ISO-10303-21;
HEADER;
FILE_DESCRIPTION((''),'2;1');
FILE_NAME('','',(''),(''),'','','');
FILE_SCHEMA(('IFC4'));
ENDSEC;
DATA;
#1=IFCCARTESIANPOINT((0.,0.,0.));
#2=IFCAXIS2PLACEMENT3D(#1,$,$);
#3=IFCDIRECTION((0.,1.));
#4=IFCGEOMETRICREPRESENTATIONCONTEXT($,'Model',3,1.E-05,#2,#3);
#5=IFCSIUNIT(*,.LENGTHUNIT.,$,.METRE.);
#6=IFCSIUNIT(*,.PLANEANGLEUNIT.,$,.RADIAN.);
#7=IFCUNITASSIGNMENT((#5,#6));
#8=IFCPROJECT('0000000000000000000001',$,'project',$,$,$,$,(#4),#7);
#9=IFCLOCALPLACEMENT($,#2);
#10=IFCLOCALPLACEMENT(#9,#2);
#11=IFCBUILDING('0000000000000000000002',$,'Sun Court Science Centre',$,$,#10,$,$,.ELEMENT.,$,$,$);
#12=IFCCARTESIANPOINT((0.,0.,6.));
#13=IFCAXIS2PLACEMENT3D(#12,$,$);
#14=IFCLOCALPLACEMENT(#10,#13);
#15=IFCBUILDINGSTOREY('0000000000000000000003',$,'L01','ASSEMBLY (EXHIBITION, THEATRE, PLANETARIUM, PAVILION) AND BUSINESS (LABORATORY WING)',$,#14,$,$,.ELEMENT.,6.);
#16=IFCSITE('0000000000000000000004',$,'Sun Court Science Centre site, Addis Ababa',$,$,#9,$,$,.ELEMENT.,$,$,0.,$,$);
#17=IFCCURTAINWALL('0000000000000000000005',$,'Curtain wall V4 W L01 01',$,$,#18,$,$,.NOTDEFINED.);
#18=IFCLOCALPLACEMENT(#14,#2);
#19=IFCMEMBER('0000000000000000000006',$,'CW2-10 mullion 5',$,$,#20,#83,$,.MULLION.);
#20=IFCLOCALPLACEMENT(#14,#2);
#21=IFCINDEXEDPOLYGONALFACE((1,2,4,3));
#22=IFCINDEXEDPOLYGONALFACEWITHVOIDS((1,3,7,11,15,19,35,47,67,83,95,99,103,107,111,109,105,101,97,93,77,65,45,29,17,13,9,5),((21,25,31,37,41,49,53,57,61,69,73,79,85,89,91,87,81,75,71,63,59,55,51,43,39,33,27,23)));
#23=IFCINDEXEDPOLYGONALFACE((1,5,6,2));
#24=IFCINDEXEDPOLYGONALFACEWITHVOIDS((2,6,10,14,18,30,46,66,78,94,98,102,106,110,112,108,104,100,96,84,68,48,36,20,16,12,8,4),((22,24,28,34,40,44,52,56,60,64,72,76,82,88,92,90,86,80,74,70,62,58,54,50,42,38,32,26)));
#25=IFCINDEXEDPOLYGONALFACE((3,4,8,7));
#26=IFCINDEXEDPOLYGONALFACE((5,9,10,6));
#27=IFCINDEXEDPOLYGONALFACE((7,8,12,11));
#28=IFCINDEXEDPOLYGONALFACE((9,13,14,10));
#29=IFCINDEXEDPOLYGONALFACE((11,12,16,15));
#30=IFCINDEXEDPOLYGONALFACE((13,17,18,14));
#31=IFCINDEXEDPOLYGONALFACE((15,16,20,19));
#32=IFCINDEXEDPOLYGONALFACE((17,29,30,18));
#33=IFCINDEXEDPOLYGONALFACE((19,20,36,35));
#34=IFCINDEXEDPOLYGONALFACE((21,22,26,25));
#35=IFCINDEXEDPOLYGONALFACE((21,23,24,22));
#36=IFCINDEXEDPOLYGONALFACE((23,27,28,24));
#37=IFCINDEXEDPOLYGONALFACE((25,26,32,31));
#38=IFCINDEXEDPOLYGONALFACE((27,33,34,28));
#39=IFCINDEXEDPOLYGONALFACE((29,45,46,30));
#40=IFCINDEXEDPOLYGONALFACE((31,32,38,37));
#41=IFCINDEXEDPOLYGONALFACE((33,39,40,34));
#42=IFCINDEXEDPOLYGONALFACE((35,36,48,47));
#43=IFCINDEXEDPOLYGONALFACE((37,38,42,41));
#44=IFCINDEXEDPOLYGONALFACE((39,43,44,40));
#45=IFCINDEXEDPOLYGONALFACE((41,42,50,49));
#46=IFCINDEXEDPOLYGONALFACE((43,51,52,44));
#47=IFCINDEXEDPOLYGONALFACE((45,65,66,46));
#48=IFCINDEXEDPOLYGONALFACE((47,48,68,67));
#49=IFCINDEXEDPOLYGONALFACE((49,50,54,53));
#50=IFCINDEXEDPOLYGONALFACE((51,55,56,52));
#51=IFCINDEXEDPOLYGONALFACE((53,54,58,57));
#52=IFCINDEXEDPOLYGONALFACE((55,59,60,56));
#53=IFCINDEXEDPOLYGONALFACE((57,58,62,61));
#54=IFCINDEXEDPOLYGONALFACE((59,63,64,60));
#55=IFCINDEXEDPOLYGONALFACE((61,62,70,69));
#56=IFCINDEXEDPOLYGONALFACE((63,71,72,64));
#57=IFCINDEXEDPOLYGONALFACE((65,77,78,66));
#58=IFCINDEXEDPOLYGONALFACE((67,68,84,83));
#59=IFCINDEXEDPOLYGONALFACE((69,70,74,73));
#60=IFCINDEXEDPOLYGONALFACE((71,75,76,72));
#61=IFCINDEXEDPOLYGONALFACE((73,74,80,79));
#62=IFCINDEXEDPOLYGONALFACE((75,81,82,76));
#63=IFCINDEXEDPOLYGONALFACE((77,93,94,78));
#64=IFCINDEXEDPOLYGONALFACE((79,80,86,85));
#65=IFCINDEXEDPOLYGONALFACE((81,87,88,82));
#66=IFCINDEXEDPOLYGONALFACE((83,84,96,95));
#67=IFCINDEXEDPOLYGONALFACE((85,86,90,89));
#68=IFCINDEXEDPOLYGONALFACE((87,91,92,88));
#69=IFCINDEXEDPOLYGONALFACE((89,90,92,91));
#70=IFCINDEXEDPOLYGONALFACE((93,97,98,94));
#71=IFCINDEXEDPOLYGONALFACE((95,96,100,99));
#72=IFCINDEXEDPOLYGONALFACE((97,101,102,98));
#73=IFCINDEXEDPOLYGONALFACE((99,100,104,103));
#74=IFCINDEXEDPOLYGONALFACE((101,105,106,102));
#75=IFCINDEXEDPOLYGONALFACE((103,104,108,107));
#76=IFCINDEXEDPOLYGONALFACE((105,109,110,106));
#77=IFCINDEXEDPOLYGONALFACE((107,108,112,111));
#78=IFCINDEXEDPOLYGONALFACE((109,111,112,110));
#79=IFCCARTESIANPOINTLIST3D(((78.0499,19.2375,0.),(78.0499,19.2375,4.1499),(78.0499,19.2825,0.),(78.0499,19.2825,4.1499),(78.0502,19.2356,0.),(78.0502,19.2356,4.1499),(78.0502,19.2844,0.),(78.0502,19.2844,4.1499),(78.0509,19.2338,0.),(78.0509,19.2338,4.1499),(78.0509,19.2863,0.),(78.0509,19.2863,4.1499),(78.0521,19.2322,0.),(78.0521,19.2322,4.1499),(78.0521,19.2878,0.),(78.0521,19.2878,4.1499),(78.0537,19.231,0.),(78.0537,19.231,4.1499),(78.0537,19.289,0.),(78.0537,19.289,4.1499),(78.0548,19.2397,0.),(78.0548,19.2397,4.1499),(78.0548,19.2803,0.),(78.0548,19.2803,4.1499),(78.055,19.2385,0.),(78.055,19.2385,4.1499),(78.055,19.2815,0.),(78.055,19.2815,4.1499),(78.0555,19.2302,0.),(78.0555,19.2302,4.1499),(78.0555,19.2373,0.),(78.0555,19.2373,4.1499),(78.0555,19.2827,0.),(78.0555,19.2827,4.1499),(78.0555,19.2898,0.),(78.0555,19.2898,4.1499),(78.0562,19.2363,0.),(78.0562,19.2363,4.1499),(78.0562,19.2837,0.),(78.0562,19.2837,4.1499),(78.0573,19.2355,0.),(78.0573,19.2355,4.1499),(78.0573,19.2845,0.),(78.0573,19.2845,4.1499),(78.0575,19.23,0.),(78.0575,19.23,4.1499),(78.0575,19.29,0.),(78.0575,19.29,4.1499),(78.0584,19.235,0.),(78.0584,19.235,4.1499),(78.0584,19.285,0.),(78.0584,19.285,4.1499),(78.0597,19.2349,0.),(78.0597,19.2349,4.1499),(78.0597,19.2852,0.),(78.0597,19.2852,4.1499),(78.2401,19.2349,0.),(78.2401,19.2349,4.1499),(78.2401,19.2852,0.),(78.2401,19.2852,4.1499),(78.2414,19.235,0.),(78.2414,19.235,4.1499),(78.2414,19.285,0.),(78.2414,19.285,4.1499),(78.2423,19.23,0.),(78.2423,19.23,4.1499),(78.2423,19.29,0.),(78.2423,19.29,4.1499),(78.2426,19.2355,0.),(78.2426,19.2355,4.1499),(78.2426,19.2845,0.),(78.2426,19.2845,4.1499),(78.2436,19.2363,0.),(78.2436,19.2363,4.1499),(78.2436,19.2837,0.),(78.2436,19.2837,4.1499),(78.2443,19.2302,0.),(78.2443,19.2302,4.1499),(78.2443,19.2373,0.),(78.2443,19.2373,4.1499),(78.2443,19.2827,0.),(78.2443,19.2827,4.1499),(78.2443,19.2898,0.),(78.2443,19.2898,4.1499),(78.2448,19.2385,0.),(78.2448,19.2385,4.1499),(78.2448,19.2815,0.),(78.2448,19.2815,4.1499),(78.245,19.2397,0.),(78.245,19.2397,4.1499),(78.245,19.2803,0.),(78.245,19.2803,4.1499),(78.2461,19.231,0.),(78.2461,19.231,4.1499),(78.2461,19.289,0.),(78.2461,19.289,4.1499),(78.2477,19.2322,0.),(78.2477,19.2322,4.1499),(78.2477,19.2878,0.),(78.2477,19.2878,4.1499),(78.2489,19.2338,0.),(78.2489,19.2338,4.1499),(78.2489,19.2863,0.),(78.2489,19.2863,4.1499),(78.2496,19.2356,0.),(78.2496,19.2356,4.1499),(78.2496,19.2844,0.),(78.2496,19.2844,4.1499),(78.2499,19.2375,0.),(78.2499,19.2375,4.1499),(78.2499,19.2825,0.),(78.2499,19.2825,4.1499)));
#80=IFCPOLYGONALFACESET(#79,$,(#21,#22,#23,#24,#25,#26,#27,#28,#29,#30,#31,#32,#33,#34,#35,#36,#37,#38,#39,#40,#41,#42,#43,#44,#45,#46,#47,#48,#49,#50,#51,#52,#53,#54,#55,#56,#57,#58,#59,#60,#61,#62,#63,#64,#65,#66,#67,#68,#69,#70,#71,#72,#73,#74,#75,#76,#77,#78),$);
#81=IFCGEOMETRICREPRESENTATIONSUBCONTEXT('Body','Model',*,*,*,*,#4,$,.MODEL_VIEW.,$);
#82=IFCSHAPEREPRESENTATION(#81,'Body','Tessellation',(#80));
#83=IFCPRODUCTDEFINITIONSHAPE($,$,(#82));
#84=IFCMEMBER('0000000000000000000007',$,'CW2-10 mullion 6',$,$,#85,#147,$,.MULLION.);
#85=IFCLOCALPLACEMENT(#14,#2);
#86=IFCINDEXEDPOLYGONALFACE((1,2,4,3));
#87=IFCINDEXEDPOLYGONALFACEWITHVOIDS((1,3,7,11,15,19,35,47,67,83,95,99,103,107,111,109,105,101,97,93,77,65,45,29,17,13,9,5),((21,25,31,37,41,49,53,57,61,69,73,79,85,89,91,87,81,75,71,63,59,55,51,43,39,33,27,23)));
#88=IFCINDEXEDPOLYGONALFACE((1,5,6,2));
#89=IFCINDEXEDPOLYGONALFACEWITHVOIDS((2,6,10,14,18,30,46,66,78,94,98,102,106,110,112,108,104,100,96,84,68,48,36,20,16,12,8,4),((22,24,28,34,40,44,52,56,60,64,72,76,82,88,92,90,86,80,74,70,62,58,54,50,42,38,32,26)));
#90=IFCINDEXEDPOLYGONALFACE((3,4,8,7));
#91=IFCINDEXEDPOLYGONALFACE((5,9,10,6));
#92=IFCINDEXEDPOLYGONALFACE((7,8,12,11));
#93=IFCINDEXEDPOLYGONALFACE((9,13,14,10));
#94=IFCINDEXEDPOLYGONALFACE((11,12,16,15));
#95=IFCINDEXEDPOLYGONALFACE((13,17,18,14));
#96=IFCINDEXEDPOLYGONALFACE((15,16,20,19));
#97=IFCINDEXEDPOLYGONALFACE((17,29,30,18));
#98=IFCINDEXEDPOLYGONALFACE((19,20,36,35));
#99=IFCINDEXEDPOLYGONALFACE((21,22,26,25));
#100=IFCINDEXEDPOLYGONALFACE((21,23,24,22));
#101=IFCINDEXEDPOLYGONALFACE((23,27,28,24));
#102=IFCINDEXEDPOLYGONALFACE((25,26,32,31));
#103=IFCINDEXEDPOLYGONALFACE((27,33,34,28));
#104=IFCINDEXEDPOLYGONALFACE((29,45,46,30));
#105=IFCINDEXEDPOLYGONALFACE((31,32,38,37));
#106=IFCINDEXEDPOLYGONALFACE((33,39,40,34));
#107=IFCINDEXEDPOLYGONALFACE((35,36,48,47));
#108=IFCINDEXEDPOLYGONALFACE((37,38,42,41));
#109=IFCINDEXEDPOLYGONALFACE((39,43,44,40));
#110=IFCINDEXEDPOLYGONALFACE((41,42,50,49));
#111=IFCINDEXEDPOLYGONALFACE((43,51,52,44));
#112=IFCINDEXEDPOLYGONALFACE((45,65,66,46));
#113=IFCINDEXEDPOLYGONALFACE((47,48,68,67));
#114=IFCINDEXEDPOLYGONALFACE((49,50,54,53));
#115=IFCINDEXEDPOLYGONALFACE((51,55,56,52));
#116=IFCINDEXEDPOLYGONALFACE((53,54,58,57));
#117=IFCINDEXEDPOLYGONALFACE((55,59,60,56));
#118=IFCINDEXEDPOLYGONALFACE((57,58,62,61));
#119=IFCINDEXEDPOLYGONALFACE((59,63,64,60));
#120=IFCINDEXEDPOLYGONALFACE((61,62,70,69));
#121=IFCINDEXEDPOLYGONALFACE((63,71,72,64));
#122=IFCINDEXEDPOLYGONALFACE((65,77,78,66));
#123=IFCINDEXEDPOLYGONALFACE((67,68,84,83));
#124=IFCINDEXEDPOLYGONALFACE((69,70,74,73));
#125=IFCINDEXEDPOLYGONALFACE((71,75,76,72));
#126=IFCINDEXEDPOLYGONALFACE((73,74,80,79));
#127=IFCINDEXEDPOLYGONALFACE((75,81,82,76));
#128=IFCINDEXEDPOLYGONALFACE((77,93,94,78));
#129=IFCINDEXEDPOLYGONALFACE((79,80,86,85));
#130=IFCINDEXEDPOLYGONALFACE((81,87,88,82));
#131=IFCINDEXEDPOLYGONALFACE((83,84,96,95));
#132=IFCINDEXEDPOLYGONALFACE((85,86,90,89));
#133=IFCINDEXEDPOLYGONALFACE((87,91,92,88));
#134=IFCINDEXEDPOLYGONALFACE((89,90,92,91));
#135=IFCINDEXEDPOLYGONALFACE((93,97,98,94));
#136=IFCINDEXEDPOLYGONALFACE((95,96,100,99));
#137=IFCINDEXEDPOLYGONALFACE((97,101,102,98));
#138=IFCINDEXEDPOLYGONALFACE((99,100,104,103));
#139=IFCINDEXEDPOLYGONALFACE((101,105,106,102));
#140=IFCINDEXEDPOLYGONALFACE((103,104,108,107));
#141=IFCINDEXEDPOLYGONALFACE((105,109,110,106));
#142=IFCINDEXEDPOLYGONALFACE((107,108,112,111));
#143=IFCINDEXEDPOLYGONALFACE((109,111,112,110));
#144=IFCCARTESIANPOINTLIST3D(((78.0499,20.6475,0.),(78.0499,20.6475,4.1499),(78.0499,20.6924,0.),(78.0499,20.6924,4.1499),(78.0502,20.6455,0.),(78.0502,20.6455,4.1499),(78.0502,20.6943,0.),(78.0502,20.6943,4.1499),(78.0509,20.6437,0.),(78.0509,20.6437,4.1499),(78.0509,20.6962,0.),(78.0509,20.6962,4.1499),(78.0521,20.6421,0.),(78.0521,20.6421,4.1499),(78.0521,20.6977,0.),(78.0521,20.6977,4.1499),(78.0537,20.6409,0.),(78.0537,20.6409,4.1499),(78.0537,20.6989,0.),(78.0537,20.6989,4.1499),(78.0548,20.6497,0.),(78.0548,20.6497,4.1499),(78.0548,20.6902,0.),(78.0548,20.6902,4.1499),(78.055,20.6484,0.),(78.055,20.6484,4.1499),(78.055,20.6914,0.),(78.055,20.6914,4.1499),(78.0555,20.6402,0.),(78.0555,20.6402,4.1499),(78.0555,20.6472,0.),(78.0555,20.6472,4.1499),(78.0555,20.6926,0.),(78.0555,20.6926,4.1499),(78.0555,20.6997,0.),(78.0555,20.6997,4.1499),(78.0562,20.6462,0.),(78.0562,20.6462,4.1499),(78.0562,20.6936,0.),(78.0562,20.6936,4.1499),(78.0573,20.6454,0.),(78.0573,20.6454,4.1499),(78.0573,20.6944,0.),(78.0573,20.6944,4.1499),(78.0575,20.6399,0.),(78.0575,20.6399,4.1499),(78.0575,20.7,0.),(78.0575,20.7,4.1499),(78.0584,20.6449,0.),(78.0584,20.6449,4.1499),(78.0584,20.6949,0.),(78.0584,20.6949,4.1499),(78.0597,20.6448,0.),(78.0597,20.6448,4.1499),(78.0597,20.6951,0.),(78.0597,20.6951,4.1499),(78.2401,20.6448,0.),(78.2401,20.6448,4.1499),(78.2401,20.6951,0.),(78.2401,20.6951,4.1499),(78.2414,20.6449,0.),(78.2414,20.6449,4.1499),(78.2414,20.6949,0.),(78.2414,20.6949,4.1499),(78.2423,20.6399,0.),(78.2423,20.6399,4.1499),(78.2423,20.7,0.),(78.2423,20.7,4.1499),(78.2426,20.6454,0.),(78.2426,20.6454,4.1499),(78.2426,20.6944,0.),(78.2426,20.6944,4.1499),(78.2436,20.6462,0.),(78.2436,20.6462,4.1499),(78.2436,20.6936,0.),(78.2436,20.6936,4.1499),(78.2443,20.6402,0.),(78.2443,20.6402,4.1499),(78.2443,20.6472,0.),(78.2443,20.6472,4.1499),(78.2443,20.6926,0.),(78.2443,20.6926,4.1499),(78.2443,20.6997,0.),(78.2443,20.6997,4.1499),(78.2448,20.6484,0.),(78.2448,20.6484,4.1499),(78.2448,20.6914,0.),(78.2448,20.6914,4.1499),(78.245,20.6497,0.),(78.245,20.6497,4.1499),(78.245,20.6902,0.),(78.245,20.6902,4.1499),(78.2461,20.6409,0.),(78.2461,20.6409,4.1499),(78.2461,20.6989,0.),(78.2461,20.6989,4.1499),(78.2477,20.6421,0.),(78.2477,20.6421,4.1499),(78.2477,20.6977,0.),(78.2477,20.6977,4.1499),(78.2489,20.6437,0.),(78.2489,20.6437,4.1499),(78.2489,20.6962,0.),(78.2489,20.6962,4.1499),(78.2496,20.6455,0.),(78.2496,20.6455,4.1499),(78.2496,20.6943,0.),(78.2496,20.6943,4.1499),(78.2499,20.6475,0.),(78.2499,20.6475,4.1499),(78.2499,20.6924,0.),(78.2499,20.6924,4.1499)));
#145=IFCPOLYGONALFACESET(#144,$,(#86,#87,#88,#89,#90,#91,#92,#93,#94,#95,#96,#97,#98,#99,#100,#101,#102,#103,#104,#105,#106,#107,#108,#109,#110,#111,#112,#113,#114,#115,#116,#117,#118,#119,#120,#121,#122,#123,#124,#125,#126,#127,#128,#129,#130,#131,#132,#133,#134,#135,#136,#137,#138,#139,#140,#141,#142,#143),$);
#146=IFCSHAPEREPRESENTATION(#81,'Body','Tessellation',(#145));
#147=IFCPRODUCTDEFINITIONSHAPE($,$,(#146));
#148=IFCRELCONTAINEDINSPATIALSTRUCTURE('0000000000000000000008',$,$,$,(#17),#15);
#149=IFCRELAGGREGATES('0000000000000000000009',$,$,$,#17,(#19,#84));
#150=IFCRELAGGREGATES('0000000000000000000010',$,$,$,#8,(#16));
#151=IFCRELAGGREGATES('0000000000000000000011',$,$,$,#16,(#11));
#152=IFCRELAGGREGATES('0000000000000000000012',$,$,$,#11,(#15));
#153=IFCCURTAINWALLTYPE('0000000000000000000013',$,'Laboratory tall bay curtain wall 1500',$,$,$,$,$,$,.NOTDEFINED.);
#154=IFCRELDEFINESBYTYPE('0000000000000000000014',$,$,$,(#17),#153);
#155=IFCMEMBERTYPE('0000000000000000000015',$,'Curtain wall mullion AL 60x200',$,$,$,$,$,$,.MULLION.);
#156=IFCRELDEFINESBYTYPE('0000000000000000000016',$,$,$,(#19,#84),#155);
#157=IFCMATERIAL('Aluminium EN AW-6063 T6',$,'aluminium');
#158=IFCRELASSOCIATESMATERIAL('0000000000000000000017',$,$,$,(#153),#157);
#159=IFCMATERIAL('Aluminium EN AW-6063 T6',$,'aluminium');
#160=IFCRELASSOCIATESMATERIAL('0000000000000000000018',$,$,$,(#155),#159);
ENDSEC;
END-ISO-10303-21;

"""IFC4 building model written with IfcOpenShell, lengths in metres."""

from ifc_helpers import new_model, si_unit, direction, frame, origin, origin_2d, place, context, subcontext, project, spatial, hollow_rectangle, extrude, material, material_profile, profile_set, type_object, element, aggregate, save


model = new_model("IFC4")

# Units and contexts
model_context = context("Model", 3, precision=1e-05, world=origin(), true_north=direction((0.0, 1.0)))
body_context = subcontext(model_context, "Body", "Model", "MODEL_VIEW")
ifc_project = project(units=[si_unit("LENGTHUNIT", "METRE"), si_unit("PLANEANGLEUNIT", "RADIAN")], contexts=[model_context])

# Site, building, storey
site_placement = place(None, origin())
site = spatial("IfcSite", under=ifc_project, at=site_placement, Name="Sun Court Science Centre site, Addis Ababa", CompositionType="ELEMENT", RefElevation=0.0)
building_placement = place(site_placement, origin())
building = spatial("IfcBuilding", under=site, at=building_placement, Name="Sun Court Science Centre", CompositionType="ELEMENT")
storey_placement = place(building_placement, frame((0.0, 0.0, 6.0)))
storey = spatial("IfcBuildingStorey", under=building, at=storey_placement, Name="L01", Description="ASSEMBLY (EXHIBITION, THEATRE, PLANETARIUM, PAVILION) AND BUSINESS (LABORATORY WING)", CompositionType="ELEMENT", Elevation=6.0)

# Curtain wall, members
ifc_material_1 = material(Name="Aluminium EN AW-6063 T6", Category="aluminium")
curtain_wall_type = type_object("IfcCurtainWallType", Name="Laboratory tall bay curtain wall 1500", PredefinedType="NOTDEFINED", material=ifc_material_1)
curtain_wall_1_placement = place(storey_placement, origin())
curtain_wall_1 = element("IfcCurtainWall", 1, at=curtain_wall_1_placement, inside=storey, type_object=curtain_wall_type, Name="Curtain wall V4 W L01 01", PredefinedType="NOTDEFINED")
ifc_material_2 = material(Name="Aluminium EN AW-6063 T6", Category="aluminium")
ifc_material_profile_1 = material_profile(ifc_material_2, hollow_rectangle(XDim=0.0601, YDim=0.2, WallThickness=0.0049, InnerFilletRadius=0.0049, OuterFilletRadius=0.0076, at=origin_2d()), Name="AL 60x200x5")
ifc_profile_set_1 = profile_set([ifc_material_profile_1], Name="Aluminium EN AW-6063 T6")
member_type_1 = type_object("IfcMemberType", Name="Curtain wall mullion AL 60x200", PredefinedType="MULLION", material=ifc_profile_set_1)
member_1_placement = place(storey_placement, frame((78.1499, 19.26, 0.0), z_axis=(0.0, 0.0, 1.0), x_axis=(0.0, 1.0, 0.0)))
member_1 = element("IfcMember", 2, at=member_1_placement, type_object=member_type_1, Name="CW2-10 mullion 5", PredefinedType="MULLION", context=body_context, shape_type="SweptSolid", body=[
    extrude(hollow_rectangle(XDim=0.0601, YDim=0.2, WallThickness=0.0049, InnerFilletRadius=0.0049, OuterFilletRadius=0.0076, at=origin_2d()), origin(), (0.0, 0.0, 1.0), 4.1499),
])
member_2_placement = place(storey_placement, frame((78.1499, 20.6699, 0.0), z_axis=(0.0, 0.0, 1.0), x_axis=(0.0, 1.0, 0.0)))
member_2 = element("IfcMember", 3, at=member_2_placement, type_object=member_type_1, Name="CW2-10 mullion 6", PredefinedType="MULLION", context=body_context, shape_type="SweptSolid", body=[
    extrude(hollow_rectangle(XDim=0.0601, YDim=0.2, WallThickness=0.0049, InnerFilletRadius=0.0049, OuterFilletRadius=0.0076, at=origin_2d()), origin(), (0.0, 0.0, 1.0), 4.1499),
])

aggregate(curtain_wall_1, [member_1, member_2])

save(model, "model.ifc")
